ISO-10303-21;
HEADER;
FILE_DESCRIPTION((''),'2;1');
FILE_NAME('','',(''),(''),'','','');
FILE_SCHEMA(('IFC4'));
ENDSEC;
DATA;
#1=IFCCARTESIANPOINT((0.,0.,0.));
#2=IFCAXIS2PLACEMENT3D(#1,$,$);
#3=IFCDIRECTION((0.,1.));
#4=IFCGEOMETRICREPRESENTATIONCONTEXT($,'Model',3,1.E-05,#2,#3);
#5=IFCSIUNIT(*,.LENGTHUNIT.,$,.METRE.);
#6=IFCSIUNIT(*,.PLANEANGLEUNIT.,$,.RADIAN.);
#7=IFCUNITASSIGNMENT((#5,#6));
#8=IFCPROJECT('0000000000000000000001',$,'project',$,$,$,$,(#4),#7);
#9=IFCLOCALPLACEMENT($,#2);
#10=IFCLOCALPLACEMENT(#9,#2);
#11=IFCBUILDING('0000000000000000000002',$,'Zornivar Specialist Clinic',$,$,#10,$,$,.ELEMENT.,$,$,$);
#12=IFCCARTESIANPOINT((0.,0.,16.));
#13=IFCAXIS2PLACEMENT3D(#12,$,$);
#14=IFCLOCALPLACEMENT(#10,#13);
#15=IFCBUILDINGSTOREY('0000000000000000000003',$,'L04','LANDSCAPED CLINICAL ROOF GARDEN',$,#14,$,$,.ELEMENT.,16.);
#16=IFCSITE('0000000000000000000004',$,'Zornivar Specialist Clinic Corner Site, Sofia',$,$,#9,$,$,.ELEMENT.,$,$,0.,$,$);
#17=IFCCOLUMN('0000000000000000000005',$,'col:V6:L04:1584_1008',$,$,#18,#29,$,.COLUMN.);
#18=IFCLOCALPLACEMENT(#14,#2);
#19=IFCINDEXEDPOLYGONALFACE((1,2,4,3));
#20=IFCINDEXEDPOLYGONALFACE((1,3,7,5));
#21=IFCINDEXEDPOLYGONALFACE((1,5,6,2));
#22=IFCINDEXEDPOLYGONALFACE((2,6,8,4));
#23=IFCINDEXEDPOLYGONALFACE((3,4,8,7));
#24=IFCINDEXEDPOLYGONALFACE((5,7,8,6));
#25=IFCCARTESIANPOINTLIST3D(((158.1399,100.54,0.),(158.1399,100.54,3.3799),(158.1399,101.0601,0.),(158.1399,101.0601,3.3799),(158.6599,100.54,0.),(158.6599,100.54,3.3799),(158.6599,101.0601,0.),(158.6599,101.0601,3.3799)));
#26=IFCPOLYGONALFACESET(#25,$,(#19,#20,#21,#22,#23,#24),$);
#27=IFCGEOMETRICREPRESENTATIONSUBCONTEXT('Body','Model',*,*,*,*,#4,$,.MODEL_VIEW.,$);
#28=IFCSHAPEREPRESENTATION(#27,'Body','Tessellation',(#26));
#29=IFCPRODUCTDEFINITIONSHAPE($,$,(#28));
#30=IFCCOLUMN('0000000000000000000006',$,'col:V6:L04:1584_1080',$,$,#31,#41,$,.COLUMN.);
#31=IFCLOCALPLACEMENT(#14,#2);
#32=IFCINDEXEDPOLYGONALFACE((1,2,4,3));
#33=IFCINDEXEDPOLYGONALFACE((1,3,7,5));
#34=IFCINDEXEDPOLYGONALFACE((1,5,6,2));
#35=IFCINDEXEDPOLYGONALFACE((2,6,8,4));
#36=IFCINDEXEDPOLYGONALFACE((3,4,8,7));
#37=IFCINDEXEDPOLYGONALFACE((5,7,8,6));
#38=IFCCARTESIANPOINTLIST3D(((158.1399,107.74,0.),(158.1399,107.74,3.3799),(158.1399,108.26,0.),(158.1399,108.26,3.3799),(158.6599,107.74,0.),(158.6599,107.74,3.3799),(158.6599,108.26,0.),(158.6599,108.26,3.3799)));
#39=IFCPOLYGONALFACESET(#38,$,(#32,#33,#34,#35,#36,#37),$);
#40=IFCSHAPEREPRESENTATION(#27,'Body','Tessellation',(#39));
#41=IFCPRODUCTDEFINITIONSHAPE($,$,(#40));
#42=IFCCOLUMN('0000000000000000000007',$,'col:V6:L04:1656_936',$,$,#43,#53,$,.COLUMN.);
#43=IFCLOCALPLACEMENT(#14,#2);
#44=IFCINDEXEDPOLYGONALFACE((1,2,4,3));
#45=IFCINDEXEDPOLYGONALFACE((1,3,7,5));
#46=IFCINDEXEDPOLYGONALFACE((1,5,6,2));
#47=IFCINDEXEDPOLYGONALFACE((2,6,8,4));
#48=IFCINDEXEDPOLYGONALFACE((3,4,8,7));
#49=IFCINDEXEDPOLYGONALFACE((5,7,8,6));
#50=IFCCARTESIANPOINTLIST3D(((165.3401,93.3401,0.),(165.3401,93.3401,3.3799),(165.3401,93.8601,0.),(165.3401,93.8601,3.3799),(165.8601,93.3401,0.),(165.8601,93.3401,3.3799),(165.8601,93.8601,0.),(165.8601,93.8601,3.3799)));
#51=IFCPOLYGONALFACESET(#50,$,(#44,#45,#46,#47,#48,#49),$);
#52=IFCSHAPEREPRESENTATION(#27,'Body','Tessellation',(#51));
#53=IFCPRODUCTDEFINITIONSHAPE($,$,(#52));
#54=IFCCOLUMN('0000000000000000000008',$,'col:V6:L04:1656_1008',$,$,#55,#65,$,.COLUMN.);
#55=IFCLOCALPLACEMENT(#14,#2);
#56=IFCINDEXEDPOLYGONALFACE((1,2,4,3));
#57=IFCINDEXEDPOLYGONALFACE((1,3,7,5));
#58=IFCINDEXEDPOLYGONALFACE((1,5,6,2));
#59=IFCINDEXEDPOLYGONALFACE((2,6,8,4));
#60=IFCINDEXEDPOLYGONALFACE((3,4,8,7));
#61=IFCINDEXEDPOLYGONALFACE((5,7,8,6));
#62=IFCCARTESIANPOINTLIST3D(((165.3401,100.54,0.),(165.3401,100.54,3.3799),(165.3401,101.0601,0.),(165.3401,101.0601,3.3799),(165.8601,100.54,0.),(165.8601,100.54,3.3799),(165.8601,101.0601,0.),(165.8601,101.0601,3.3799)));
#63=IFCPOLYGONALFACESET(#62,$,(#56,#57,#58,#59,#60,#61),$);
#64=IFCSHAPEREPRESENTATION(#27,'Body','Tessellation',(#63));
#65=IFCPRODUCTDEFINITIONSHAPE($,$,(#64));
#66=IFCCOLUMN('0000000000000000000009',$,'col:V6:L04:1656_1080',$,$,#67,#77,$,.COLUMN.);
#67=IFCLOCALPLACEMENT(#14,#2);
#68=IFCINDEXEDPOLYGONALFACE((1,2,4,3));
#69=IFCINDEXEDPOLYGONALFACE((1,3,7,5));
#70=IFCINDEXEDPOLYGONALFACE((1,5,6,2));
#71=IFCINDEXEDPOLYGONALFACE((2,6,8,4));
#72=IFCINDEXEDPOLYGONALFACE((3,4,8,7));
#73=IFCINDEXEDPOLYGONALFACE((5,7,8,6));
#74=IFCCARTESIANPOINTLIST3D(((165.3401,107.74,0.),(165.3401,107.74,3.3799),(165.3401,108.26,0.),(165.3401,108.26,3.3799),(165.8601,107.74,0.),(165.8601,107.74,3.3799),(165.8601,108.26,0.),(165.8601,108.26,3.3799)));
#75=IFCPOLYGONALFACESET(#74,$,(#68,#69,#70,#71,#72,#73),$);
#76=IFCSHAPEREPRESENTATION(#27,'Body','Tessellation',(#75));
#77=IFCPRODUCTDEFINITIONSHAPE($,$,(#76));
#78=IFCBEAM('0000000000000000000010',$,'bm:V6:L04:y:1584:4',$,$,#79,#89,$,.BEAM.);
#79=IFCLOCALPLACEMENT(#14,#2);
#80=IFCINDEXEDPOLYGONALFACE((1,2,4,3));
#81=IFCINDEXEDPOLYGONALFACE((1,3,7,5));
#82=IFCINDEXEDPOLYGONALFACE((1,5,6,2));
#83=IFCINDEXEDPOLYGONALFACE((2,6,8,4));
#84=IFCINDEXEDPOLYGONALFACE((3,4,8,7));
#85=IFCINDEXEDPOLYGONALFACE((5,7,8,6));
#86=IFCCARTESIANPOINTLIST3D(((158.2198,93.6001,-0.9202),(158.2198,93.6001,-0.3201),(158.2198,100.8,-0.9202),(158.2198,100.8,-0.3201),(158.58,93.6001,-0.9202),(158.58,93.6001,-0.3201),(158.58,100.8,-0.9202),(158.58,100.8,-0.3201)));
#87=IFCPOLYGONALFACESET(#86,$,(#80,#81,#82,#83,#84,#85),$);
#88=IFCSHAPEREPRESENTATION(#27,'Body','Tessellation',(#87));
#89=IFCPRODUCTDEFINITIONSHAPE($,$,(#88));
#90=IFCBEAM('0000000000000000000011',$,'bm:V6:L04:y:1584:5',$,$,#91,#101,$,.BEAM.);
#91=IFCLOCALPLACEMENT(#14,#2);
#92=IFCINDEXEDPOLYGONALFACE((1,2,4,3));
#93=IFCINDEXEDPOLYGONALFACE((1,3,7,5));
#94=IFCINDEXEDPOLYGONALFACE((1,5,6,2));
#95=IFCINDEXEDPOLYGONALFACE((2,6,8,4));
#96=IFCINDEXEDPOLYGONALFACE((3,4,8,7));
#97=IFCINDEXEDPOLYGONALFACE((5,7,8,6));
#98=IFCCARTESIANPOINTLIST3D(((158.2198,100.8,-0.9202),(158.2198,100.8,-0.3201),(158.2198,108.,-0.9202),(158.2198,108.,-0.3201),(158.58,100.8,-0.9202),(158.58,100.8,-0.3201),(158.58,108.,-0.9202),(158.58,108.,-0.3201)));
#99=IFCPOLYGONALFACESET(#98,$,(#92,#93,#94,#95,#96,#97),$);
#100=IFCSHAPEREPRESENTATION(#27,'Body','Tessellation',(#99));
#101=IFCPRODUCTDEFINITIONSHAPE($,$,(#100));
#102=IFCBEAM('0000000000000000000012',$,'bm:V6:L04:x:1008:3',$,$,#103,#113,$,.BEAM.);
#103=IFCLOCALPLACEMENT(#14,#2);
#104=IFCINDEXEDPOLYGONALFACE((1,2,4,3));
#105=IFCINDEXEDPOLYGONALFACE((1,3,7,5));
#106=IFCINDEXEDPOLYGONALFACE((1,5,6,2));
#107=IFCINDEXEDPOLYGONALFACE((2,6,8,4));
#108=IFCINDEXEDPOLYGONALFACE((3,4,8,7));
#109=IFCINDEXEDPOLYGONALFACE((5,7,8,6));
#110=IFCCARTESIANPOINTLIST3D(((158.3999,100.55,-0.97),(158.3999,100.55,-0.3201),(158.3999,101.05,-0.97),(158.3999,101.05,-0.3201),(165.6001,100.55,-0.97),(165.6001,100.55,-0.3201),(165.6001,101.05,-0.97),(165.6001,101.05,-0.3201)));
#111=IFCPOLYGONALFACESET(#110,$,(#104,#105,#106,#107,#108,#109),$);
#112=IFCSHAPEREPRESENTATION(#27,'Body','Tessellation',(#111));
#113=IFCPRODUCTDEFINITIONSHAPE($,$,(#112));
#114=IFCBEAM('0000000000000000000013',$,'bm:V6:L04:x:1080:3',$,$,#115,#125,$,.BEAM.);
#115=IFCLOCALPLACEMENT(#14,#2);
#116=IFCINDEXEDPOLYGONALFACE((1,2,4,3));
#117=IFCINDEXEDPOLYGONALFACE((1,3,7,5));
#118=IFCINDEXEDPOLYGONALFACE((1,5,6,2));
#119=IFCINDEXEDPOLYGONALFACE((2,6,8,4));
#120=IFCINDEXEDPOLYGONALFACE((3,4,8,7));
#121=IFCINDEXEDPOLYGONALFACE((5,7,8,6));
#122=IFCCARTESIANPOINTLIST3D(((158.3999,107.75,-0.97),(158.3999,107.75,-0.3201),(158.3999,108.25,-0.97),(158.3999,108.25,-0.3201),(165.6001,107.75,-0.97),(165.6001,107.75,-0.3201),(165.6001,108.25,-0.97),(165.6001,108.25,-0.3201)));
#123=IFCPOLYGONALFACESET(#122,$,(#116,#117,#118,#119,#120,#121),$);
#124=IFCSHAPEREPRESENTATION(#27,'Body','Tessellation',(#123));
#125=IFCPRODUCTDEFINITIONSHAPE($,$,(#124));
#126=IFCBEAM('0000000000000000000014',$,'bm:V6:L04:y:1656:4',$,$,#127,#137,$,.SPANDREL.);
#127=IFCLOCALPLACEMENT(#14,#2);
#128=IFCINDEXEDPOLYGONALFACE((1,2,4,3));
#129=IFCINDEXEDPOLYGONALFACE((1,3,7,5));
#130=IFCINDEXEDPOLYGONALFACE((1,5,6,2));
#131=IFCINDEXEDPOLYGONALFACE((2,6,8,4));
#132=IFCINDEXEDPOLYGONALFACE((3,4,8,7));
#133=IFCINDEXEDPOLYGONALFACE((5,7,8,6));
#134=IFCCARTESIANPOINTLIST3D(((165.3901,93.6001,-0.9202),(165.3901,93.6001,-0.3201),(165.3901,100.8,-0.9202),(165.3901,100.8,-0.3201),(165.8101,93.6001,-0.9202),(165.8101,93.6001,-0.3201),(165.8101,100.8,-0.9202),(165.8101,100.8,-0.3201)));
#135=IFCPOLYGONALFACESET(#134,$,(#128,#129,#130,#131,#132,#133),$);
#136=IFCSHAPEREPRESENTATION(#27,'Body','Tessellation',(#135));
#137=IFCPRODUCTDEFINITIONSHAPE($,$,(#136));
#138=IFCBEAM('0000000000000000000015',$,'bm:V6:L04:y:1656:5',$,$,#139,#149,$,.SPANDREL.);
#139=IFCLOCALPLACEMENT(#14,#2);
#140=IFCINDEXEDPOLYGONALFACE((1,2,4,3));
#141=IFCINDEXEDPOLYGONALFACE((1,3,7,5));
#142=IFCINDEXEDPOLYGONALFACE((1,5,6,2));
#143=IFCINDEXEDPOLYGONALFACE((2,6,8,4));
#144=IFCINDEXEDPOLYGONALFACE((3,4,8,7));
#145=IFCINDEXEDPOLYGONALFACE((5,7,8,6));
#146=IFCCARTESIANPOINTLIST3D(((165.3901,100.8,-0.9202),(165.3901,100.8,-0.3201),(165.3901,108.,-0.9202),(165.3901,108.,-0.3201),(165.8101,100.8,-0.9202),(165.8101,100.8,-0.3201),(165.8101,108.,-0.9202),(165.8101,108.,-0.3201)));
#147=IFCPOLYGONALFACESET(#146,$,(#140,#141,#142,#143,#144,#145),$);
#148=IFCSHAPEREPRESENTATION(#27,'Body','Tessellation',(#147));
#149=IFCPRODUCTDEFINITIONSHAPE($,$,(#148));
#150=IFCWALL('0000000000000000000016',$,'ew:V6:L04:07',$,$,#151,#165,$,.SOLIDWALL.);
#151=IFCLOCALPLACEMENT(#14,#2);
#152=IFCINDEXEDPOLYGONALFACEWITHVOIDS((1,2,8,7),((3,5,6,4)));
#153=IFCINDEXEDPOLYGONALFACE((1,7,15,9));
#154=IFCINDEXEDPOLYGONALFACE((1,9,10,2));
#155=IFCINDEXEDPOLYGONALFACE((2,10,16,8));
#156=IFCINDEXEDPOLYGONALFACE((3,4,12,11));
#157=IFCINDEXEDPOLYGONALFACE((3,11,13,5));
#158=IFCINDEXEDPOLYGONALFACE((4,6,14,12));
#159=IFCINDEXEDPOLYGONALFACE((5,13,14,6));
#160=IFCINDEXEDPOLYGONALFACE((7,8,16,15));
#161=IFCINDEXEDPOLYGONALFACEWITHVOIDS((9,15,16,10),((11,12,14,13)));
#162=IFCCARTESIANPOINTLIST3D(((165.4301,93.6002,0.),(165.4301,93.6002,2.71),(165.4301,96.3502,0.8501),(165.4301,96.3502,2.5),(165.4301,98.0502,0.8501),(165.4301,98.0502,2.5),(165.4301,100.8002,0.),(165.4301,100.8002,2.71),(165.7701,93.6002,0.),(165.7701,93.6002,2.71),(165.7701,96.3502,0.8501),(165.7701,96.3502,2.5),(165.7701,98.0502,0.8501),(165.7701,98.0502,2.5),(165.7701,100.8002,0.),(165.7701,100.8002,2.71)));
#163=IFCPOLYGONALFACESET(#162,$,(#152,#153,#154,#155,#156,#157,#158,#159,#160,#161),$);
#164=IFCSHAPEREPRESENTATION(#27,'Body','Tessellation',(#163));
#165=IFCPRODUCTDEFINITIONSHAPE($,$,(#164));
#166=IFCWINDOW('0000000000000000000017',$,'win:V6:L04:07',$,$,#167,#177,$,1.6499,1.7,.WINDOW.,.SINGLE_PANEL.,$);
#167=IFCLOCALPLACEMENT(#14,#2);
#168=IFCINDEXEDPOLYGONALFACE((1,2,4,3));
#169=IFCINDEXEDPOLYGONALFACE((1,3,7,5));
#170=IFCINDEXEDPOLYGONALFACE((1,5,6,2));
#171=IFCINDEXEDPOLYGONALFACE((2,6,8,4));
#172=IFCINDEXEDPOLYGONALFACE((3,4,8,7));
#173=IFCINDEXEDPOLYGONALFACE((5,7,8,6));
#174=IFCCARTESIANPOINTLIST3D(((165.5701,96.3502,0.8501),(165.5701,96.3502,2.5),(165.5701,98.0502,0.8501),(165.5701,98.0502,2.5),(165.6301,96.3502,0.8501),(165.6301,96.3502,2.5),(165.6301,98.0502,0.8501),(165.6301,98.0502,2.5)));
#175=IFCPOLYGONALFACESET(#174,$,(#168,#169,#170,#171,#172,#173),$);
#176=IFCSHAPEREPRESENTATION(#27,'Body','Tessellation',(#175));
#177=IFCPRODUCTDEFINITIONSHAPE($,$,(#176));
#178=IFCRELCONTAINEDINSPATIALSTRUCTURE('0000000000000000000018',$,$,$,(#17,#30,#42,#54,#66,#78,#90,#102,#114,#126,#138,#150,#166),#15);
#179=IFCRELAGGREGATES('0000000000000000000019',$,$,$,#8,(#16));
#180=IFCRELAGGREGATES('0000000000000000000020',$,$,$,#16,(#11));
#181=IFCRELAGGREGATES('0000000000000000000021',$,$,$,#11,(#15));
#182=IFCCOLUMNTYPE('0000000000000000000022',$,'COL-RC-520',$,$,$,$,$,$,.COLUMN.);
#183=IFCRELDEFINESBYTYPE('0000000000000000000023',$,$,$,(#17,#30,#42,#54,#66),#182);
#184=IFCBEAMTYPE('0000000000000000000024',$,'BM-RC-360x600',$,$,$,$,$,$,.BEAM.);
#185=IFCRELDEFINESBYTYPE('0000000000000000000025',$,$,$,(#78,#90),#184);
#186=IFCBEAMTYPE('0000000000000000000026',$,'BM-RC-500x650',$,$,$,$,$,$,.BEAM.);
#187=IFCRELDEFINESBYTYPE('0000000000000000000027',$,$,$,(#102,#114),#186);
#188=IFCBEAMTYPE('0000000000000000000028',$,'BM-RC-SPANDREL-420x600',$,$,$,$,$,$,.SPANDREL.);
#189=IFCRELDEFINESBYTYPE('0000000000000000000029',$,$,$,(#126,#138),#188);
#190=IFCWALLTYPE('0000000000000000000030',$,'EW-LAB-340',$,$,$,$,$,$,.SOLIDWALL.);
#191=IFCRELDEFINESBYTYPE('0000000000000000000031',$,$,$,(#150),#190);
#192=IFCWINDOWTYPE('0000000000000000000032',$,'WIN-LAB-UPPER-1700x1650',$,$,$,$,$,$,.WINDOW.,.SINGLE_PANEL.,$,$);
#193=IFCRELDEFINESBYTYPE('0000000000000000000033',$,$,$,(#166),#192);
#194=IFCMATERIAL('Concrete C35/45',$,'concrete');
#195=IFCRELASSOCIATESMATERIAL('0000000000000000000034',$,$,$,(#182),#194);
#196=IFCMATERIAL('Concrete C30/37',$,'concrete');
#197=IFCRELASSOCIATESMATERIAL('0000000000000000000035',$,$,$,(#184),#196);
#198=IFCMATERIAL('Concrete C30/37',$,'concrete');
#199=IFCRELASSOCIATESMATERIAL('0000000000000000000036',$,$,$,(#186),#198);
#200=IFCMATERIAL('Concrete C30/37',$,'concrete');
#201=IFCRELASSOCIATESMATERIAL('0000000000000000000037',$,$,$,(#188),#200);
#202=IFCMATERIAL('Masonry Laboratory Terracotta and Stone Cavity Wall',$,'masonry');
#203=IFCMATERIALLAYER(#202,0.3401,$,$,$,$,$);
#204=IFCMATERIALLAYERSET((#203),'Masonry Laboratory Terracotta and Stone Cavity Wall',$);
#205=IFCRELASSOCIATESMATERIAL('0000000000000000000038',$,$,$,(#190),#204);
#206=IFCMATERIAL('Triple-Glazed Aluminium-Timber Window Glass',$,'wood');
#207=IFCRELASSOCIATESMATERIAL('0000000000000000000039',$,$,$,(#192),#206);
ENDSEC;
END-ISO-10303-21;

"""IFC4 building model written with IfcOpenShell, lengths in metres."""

from ifc_helpers import new_model, si_unit, direction, frame, frame_2d, origin, origin_2d, place, context, subcontext, project, spatial, rectangle, extrude, material, layer, layer_set, material_profile, profile_set, type_object, element, fill, save


model = new_model("IFC4")

# Units and contexts
model_context = context("Model", 3, precision=1e-05, world=origin(), true_north=direction((0.0, 1.0)))
body_context = subcontext(model_context, "Body", "Model", "MODEL_VIEW")
ifc_project = project(units=[si_unit("LENGTHUNIT", "METRE"), si_unit("PLANEANGLEUNIT", "RADIAN")], contexts=[model_context])

# Site, building, storey
site_placement = place(None, origin())
site = spatial("IfcSite", under=ifc_project, at=site_placement, Name="Zornivar Specialist Clinic Corner Site, Sofia", CompositionType="ELEMENT", RefElevation=0.0)
building_placement = place(site_placement, origin())
building = spatial("IfcBuilding", under=site, at=building_placement, Name="Zornivar Specialist Clinic", CompositionType="ELEMENT")
storey_placement = place(building_placement, frame((0.0, 0.0, 16.0)))
storey = spatial("IfcBuildingStorey", under=building, at=storey_placement, Name="L04", Description="LANDSCAPED CLINICAL ROOF GARDEN", CompositionType="ELEMENT", Elevation=16.0)

# Columns
ifc_material_1 = material(Name="Concrete C35/45", Category="concrete")
ifc_material_profile_1 = material_profile(ifc_material_1, rectangle(XDim=0.52, YDim=0.52, at=origin_2d()), Name="RC 520x520")
ifc_profile_set_1 = profile_set([ifc_material_profile_1], Name="Concrete C35/45")
column_type = type_object("IfcColumnType", Name="COL-RC-520", PredefinedType="COLUMN", material=ifc_profile_set_1)
for number, where, z_axis, x_axis, name in (
    (1, (158.3999, 100.8, 0.0), (0.0, 0.0, 1.0), (1.0, 0.0, 0.0), "col:V6:L04:1584_1008"),
    (2, (158.3999, 108.0, 0.0), (0.0, 0.0, 1.0), (1.0, 0.0, 0.0), "col:V6:L04:1584_1080"),
    (3, (165.6001, 93.6001, 0.0), (0.0, 0.0, 1.0), (1.0, 0.0, 0.0), "col:V6:L04:1656_936"),
    (4, (165.6001, 100.8, 0.0), (0.0, 0.0, 1.0), (1.0, 0.0, 0.0), "col:V6:L04:1656_1008"),
    (5, (165.6001, 108.0, 0.0), (0.0, 0.0, 1.0), (1.0, 0.0, 0.0), "col:V6:L04:1656_1080"),
):
    element("IfcColumn", number, at=place(storey_placement, frame(where, z_axis=z_axis, x_axis=x_axis)), inside=storey, type_object=column_type, Name=name, PredefinedType="COLUMN", context=body_context, shape_type="SweptSolid", body=[
        extrude(rectangle(XDim=0.52, YDim=0.52, at=origin_2d()), origin(), (0.0, 0.0, 1.0), 3.3799),
    ])

# Beams
ifc_material_2 = material(Name="Concrete C30/37", Category="concrete")
ifc_material_profile_2 = material_profile(ifc_material_2, rectangle(XDim=0.3601, YDim=0.6001, at=origin_2d()), Name="RC 360x600")
ifc_profile_set_2 = profile_set([ifc_material_profile_2], Name="Concrete C30/37")
beam_type_1 = type_object("IfcBeamType", Name="BM-RC-360x600", PredefinedType="BEAM", material=ifc_profile_set_2)
for number, where, z_axis, x_axis, name in (
    (6, (158.3999, 93.6001, -0.6201), (0.0, 1.0, 0.0), (-1.0, 0.0, 0.0), "bm:V6:L04:y:1584:4"),
    (7, (158.3999, 100.8, -0.6201), (0.0, 1.0, 0.0), (-1.0, 0.0, 0.0), "bm:V6:L04:y:1584:5"),
):
    element("IfcBeam", number, at=place(storey_placement, frame(where, z_axis=z_axis, x_axis=x_axis)), inside=storey, type_object=beam_type_1, Name=name, PredefinedType="BEAM", context=body_context, shape_type="SweptSolid", body=[
        extrude(rectangle(XDim=0.3601, YDim=0.6001, at=origin_2d()), origin(), (0.0, 0.0, 1.0), 7.2),
    ])
ifc_material_3 = material(Name="Concrete C30/37", Category="concrete")
ifc_material_profile_3 = material_profile(ifc_material_3, rectangle(XDim=0.5, YDim=0.6499, at=origin_2d()), Name="RC 500x650")
ifc_profile_set_3 = profile_set([ifc_material_profile_3], Name="Concrete C30/37")
beam_type_2 = type_object("IfcBeamType", Name="BM-RC-500x650", PredefinedType="BEAM", material=ifc_profile_set_3)
for number, where, z_axis, x_axis, name in (
    (8, (158.3999, 100.8, -0.645), (1.0, 0.0, 0.0), (0.0, 1.0, 0.0), "bm:V6:L04:x:1008:3"),
    (9, (158.3999, 108.0, -0.645), (1.0, 0.0, 0.0), (0.0, 1.0, 0.0), "bm:V6:L04:x:1080:3"),
):
    element("IfcBeam", number, at=place(storey_placement, frame(where, z_axis=z_axis, x_axis=x_axis)), inside=storey, type_object=beam_type_2, Name=name, PredefinedType="BEAM", context=body_context, shape_type="SweptSolid", body=[
        extrude(rectangle(XDim=0.5, YDim=0.6499, at=origin_2d()), origin(), (0.0, 0.0, 1.0), 7.2002),
    ])
ifc_material_4 = material(Name="Concrete C30/37", Category="concrete")
ifc_material_profile_4 = material_profile(ifc_material_4, rectangle(XDim=0.4199, YDim=0.6001, at=origin_2d()), Name="RC 420x600")
ifc_profile_set_4 = profile_set([ifc_material_profile_4], Name="Concrete C30/37")
beam_type_3 = type_object("IfcBeamType", Name="BM-RC-SPANDREL-420x600", PredefinedType="SPANDREL", material=ifc_profile_set_4)
for number, where, z_axis, x_axis, name in (
    (10, (165.6001, 93.6001, -0.6201), (0.0, 1.0, 0.0), (-1.0, 0.0, 0.0), "bm:V6:L04:y:1656:4"),
    (11, (165.6001, 100.8, -0.6201), (0.0, 1.0, 0.0), (-1.0, 0.0, 0.0), "bm:V6:L04:y:1656:5"),
):
    element("IfcBeam", number, at=place(storey_placement, frame(where, z_axis=z_axis, x_axis=x_axis)), inside=storey, type_object=beam_type_3, Name=name, PredefinedType="SPANDREL", context=body_context, shape_type="SweptSolid", body=[
        extrude(rectangle(XDim=0.4199, YDim=0.6001, at=origin_2d()), origin(), (0.0, 0.0, 1.0), 7.2),
    ])

# Wall, opening, window
ifc_material_5 = material(Name="Masonry Laboratory Terracotta and Stone Cavity Wall", Category="masonry")
ifc_layer = layer(ifc_material_5, 0.3401)
ifc_layer_set = layer_set([ifc_layer], Name="Masonry Laboratory Terracotta and Stone Cavity Wall")
wall_type = type_object("IfcWallType", Name="EW-LAB-340", PredefinedType="SOLIDWALL", material=ifc_layer_set)
wall_1_placement = place(storey_placement, frame((165.6001, 93.6001, 0.0), z_axis=(0.0, 0.0, 1.0), x_axis=(0.0, 1.0, 0.0)))
wall_1 = element("IfcWall", 12, at=wall_1_placement, inside=storey, type_object=wall_type, Name="ew:V6:L04:07", PredefinedType="SOLIDWALL", context=body_context, shape_type="SweptSolid", body=[
    extrude(rectangle(XDim=7.2, YDim=0.3401, at=frame_2d((3.6001, 0.0))), origin(), (0.0, 0.0, 1.0), 2.71),
])
opening_1_placement = place(wall_1_placement, frame((2.75, 0.0, 0.8501)))
opening_1 = element("IfcOpeningElement", 13, at=opening_1_placement, cuts=wall_1, PredefinedType="OPENING", context=body_context, shape_type="SweptSolid", body=[
    extrude(rectangle(XDim=1.7, YDim=1.6499, at=frame_2d((0.8501, 0.825))), frame((0.0, 0.1799, 0.0), z_axis=(0.0, -1.0, 0.0), x_axis=(1.0, 0.0, 0.0)), (0.0, 0.0, 1.0), 0.3601),
])
ifc_material_6 = material(Name="Triple-Glazed Aluminium-Timber Window Glass", Category="wood")
window_type = type_object("IfcWindowType", Name="WIN-LAB-UPPER-1700x1650", PartitioningType="SINGLE_PANEL", PredefinedType="WINDOW", material=ifc_material_6)
window_1_placement = place(opening_1_placement, origin())
window_1 = element("IfcWindow", 14, at=window_1_placement, inside=storey, type_object=window_type, Name="win:V6:L04:07", OverallHeight=1.6499, OverallWidth=1.7, PartitioningType="SINGLE_PANEL", PredefinedType="WINDOW", context=body_context, shape_type="SweptSolid", body=[
    extrude(rectangle(XDim=1.7, YDim=1.6499, at=frame_2d((0.8501, 0.825))), frame((0.0, 0.03, 0.0), z_axis=(0.0, -1.0, 0.0), x_axis=(1.0, 0.0, 0.0)), (0.0, 0.0, 1.0), 0.0601),
])
fill(opening_1, window_1)

save(model, "model.ifc")
